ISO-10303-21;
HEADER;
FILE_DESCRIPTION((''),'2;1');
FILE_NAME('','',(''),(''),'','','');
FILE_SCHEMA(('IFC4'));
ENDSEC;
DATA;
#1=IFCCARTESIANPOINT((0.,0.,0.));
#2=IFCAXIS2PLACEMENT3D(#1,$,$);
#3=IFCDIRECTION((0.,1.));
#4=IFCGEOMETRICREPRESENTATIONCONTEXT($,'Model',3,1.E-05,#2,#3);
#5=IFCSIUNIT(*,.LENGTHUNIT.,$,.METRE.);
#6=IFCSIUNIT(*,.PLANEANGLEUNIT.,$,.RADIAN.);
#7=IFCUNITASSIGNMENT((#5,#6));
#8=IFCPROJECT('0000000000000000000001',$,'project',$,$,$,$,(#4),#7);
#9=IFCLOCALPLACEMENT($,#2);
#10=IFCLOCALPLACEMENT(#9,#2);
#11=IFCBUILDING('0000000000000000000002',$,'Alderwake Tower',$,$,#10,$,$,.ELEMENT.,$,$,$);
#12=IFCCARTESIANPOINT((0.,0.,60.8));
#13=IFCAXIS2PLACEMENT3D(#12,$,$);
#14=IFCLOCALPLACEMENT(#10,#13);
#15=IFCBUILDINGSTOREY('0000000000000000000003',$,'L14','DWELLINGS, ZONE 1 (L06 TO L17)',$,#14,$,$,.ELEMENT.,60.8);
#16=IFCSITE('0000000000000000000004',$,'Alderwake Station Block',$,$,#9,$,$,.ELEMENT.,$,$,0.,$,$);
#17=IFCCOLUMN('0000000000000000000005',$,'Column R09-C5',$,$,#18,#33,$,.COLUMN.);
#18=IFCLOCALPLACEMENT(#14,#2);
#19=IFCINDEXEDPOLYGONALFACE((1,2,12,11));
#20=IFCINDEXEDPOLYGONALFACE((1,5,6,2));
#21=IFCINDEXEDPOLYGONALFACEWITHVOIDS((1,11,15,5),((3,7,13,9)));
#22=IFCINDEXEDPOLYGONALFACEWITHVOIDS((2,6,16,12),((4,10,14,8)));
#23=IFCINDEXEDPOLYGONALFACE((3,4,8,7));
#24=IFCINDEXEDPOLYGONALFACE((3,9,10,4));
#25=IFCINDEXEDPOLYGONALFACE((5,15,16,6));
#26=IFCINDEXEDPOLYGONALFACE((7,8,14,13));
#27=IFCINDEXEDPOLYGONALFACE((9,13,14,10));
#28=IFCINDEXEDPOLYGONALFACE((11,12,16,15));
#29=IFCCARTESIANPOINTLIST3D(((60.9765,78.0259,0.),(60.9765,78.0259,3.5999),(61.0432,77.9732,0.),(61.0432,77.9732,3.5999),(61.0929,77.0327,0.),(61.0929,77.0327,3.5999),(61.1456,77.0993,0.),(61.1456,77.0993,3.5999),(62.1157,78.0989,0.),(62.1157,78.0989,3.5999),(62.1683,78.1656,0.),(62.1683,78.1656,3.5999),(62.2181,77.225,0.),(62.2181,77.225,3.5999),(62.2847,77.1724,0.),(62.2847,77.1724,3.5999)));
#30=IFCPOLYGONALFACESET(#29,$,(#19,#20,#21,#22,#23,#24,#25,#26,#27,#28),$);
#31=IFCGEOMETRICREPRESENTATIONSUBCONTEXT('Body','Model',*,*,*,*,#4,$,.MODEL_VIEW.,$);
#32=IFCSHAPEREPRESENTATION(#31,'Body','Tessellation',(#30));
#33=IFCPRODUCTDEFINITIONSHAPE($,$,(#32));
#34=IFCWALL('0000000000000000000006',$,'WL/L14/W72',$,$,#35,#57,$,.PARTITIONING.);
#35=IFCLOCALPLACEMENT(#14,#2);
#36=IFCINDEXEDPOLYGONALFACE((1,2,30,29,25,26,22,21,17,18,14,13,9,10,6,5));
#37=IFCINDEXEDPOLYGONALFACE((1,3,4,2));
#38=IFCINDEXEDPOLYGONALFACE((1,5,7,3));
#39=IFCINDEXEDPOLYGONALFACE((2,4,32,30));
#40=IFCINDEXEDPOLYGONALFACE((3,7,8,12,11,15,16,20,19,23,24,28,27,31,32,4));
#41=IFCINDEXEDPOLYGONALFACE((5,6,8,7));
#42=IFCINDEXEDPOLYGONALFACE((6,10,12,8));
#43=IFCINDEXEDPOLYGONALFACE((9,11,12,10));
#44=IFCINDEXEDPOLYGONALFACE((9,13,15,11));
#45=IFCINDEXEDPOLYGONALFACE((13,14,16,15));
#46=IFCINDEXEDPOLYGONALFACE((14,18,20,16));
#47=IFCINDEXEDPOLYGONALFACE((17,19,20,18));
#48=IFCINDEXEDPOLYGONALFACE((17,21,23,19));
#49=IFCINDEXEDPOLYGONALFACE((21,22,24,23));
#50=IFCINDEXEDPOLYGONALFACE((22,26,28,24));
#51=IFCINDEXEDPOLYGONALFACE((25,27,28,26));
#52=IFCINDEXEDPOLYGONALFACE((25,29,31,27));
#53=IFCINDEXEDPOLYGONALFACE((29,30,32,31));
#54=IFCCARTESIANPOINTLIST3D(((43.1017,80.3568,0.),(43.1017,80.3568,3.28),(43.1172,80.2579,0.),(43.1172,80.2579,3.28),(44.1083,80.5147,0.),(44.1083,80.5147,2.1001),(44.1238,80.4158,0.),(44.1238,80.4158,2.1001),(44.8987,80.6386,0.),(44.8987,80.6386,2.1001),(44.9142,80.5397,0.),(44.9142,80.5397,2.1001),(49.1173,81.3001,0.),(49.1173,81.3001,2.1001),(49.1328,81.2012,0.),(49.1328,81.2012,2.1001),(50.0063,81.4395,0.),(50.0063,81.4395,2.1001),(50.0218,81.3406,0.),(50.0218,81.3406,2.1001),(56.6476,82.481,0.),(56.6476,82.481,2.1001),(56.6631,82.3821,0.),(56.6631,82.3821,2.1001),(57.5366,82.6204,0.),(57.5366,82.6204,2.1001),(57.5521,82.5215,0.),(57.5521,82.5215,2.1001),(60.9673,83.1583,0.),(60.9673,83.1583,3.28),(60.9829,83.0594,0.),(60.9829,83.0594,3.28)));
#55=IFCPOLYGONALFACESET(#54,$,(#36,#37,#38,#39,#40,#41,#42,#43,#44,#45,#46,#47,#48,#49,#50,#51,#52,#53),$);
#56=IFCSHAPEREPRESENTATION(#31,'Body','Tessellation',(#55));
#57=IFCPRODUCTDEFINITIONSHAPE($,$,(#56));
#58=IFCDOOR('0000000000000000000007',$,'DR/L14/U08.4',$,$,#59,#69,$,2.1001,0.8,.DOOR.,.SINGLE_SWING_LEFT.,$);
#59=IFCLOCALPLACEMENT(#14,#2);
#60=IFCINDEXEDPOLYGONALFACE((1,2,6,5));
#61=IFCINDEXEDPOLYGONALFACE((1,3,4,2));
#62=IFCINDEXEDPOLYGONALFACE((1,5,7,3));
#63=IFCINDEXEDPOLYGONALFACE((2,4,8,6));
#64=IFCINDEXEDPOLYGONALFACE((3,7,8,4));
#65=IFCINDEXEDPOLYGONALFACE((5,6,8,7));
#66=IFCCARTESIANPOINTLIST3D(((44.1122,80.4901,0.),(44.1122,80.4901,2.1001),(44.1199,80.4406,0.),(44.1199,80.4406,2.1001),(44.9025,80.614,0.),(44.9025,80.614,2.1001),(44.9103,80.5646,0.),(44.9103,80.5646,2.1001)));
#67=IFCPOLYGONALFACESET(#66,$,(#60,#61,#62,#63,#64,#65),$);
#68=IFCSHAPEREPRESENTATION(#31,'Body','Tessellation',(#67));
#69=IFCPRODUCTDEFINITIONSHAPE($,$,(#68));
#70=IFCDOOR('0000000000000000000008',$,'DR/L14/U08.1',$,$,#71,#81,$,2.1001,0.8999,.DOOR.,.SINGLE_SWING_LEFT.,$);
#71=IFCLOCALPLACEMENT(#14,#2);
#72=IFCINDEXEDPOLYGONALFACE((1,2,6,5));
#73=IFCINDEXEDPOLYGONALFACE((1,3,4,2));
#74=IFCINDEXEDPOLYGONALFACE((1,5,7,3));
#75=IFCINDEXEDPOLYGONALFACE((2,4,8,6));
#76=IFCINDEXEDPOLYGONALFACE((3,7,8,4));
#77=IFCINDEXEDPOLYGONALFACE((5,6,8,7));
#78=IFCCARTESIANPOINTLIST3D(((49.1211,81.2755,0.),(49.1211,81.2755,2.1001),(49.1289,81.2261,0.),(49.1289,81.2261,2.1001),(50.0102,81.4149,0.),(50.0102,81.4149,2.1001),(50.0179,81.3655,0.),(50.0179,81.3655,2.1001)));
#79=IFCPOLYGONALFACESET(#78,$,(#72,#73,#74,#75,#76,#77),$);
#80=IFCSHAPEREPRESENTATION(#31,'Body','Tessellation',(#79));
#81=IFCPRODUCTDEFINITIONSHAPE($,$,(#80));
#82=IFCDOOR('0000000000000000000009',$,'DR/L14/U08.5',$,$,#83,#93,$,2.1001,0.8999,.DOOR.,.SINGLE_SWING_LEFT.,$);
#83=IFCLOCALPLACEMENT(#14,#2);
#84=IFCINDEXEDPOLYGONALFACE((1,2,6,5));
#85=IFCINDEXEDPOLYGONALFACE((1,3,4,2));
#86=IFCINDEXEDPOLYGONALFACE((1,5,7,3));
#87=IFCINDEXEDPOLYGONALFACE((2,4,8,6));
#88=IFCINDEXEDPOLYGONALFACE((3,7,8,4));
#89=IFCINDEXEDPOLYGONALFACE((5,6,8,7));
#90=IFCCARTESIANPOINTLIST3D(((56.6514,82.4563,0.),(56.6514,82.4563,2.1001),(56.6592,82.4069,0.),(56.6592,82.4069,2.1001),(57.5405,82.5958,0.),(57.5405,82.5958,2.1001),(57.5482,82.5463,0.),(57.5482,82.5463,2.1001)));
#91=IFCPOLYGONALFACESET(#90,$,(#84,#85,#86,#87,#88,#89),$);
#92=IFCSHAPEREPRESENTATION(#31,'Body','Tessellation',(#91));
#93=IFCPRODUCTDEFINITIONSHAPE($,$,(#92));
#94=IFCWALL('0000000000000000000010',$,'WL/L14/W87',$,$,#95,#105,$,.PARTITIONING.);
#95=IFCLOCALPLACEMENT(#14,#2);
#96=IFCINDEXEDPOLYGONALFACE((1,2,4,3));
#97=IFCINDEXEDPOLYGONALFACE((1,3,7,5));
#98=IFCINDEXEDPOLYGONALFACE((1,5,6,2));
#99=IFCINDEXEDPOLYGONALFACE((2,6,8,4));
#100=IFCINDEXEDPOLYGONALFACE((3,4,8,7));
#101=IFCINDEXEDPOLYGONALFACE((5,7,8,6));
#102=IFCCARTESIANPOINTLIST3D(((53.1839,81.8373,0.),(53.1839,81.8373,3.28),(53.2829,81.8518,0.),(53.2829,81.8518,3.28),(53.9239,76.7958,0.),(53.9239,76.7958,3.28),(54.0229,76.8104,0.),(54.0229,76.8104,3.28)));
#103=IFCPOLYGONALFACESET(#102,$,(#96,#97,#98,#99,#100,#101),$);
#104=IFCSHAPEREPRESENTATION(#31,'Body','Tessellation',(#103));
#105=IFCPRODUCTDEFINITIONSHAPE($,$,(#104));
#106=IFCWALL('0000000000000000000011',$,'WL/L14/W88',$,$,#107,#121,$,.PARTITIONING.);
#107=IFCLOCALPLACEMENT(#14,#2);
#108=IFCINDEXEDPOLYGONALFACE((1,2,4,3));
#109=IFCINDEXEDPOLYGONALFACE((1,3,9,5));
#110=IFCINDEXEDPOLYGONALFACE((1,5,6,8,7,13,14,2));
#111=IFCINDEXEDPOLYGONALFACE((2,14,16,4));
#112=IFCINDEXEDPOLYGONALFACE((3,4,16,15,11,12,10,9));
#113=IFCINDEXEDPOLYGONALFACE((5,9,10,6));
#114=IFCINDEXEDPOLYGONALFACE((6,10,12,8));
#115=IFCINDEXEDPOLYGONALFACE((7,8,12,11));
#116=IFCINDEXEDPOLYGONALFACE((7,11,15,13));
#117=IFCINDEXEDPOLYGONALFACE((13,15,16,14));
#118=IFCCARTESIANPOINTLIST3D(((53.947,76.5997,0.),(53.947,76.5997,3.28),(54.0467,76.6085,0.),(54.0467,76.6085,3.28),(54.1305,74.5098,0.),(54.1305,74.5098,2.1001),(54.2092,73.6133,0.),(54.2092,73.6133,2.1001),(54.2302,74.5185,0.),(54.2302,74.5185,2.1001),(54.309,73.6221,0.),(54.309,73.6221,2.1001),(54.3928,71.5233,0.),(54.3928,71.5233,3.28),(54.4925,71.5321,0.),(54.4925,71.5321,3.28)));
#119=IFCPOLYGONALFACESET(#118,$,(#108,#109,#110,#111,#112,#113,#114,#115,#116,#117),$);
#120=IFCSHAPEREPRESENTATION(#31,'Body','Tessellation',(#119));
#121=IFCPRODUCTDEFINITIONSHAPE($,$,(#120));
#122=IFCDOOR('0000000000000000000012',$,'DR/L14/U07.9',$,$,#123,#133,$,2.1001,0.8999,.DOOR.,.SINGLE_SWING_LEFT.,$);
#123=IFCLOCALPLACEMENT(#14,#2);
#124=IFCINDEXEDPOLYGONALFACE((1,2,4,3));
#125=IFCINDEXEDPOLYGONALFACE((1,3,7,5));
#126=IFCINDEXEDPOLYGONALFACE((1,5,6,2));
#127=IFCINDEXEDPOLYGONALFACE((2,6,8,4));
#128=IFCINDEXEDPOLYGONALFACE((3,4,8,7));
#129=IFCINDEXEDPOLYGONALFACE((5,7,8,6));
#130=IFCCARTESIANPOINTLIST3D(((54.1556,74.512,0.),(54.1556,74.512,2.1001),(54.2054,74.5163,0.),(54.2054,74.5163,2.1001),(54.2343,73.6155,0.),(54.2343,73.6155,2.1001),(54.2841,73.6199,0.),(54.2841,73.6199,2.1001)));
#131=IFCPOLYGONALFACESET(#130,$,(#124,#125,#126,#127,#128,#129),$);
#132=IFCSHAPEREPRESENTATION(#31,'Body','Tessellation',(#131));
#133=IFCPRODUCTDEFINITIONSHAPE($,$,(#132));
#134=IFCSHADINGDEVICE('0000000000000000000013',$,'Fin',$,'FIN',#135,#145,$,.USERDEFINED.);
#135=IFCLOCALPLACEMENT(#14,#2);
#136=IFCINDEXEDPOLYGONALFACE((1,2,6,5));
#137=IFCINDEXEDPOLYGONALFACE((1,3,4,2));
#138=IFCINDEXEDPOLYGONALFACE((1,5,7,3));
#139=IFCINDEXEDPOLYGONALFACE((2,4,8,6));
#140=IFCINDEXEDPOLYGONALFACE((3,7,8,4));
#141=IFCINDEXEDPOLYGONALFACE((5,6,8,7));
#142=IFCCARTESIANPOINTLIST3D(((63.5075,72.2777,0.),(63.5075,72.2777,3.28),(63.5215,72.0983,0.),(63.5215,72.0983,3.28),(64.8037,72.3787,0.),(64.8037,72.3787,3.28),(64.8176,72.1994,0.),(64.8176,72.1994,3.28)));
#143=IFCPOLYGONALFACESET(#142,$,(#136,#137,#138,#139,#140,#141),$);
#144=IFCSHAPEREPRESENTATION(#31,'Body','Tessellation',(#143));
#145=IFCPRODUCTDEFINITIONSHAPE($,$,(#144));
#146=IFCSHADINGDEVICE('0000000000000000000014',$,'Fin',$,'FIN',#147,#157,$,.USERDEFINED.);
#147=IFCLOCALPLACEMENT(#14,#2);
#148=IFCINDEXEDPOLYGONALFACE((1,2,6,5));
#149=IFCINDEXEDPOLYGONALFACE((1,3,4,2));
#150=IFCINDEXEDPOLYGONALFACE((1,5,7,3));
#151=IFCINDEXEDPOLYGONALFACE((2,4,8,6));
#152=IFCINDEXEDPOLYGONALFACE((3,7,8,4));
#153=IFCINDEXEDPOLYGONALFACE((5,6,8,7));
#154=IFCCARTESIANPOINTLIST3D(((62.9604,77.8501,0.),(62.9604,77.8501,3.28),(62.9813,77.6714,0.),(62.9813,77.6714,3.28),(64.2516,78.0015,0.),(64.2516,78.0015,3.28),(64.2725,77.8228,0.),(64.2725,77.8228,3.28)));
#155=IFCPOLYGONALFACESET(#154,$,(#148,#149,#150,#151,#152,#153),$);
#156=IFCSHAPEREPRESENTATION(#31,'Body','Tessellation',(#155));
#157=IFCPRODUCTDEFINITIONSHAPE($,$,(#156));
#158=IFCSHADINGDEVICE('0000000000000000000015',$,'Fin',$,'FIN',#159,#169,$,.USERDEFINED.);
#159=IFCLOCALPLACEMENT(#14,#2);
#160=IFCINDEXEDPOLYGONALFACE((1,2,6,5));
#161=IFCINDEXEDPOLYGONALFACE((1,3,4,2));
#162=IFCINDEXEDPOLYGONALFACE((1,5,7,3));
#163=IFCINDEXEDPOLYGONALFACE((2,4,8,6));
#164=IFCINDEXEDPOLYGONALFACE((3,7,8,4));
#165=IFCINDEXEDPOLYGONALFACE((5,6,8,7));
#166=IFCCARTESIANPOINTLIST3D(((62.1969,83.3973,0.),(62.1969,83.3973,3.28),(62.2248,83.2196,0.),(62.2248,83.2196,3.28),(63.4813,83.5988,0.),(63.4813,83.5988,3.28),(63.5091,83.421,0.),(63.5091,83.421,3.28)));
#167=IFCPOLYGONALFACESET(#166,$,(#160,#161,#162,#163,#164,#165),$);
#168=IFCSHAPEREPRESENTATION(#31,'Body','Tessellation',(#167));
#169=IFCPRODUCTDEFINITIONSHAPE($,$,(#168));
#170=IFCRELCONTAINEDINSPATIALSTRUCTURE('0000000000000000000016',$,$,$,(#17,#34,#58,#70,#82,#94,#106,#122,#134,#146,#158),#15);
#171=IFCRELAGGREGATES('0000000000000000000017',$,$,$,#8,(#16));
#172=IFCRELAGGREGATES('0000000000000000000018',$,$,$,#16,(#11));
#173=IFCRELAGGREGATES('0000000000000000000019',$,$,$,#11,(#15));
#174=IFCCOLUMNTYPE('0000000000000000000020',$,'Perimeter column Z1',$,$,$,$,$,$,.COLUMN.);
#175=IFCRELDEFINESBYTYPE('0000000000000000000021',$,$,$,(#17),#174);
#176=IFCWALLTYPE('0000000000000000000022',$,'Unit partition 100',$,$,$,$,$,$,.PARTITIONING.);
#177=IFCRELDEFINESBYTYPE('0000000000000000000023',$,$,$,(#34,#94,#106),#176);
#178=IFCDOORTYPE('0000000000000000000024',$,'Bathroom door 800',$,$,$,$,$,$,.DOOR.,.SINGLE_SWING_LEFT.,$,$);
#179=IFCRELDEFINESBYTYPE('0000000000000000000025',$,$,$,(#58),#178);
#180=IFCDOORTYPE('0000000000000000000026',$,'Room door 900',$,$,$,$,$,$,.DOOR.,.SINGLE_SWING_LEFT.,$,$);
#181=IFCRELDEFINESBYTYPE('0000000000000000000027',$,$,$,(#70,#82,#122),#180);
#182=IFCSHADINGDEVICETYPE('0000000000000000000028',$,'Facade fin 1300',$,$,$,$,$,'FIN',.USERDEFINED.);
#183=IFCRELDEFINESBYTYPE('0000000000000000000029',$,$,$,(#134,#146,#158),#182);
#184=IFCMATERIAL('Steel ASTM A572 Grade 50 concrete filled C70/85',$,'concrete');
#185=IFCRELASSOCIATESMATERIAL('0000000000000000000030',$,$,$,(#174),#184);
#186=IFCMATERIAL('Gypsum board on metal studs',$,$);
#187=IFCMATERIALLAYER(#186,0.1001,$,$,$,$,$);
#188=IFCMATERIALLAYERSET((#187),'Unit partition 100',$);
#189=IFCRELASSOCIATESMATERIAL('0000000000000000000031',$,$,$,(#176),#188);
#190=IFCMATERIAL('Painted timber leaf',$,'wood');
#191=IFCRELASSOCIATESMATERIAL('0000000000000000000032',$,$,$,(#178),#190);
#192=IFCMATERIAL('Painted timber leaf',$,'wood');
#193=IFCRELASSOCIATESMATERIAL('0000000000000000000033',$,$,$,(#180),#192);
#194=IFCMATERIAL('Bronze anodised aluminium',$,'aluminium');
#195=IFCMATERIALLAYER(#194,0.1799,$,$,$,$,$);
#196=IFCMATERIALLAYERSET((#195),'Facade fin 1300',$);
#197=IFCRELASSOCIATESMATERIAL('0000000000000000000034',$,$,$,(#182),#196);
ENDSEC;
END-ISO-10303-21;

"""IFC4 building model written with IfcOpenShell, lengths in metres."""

from ifc_helpers import new_model, si_unit, direction, frame, frame_2d, origin, origin_2d, place, context, subcontext, project, spatial, rectangle, hollow_rectangle, extrude, material, layer, layer_set, material_profile, profile_set, type_object, element, fill, save


model = new_model("IFC4")

# Units and contexts
model_context = context("Model", 3, precision=1e-05, world=origin(), true_north=direction((0.0, 1.0)))
body_context = subcontext(model_context, "Body", "Model", "MODEL_VIEW")
ifc_project = project(units=[si_unit("LENGTHUNIT", "METRE"), si_unit("PLANEANGLEUNIT", "RADIAN")], contexts=[model_context])

# Site, building, storey
site_placement = place(None, origin())
site = spatial("IfcSite", under=ifc_project, at=site_placement, Name="Alderwake Station Block", CompositionType="ELEMENT", RefElevation=0.0)
building_placement = place(site_placement, origin())
building = spatial("IfcBuilding", under=site, at=building_placement, Name="Alderwake Tower", CompositionType="ELEMENT")
storey_placement = place(building_placement, frame((0.0, 0.0, 60.8)))
storey = spatial("IfcBuildingStorey", under=building, at=storey_placement, Name="L14", Description="DWELLINGS, ZONE 1 (L06 TO L17)", CompositionType="ELEMENT", Elevation=60.8)

# Column
ifc_material_1 = material(Name="Steel ASTM A572 Grade 50 concrete filled C70/85", Category="concrete")
ifc_material_profile_1 = material_profile(ifc_material_1, hollow_rectangle(XDim=1.0, YDim=1.2, WallThickness=0.0601, at=origin_2d()), Name="BOX 1200X1000X60")
ifc_profile_set_1 = profile_set([ifc_material_profile_1], Name="Steel ASTM A572 Grade 50 concrete filled C70/85")
column_type = type_object("IfcColumnType", Name="Perimeter column Z1", PredefinedType="COLUMN", material=ifc_profile_set_1)
column_placement = place(storey_placement, frame((61.6306, 77.5991, 0.0), z_axis=(0.0, 0.0, 1.0), x_axis=(-0.116402, 0.993202, 0.0)))
element("IfcColumn", 1, at=column_placement, inside=storey, type_object=column_type, Name="Column R09-C5", PredefinedType="COLUMN", context=body_context, shape_type="SweptSolid", body=[
    extrude(hollow_rectangle(XDim=1.0, YDim=1.2, WallThickness=0.0601, at=origin_2d()), origin(), (0.0, 0.0, 1.0), 3.5999),
])

# Wall, openings, doors
ifc_material_2 = material(Name="Gypsum board on metal studs")
ifc_layer_1 = layer(ifc_material_2, 0.1001)
ifc_layer_set_1 = layer_set([ifc_layer_1], Name="Unit partition 100")
wall_type_1 = type_object("IfcWallType", Name="Unit partition 100", PredefinedType="PARTITIONING", material=ifc_layer_set_1)
wall_1_placement = place(storey_placement, frame((60.9751, 83.1089, 0.0), z_axis=(0.0, 0.0, 1.0), x_axis=(-0.987928, -0.154916, 0.0)))
wall_1 = element("IfcWall", 2, at=wall_1_placement, inside=storey, type_object=wall_type_1, Name="WL/L14/W72", PredefinedType="PARTITIONING", context=body_context, shape_type="SweptSolid", body=[
    extrude(rectangle(XDim=18.084, YDim=0.1001, at=frame_2d((9.042, 0.0))), origin(), (0.0, 0.0, 1.0), 3.28),
])
opening_1_placement = place(wall_1_placement, frame((11.095, 0.0, 0.0)))
opening_1 = element("IfcOpeningElement", 3, at=opening_1_placement, cuts=wall_1, PredefinedType="OPENING", context=body_context, shape_type="SweptSolid", body=[
    extrude(rectangle(XDim=0.8999, YDim=2.1001, at=frame_2d((0.45, 1.05))), frame((0.0, 0.0601, 0.0), z_axis=(0.0, -1.0, 0.0), x_axis=(1.0, 0.0, 0.0)), (0.0, 0.0, 1.0), 0.1201),
])
opening_2_placement = place(wall_1_placement, frame((16.2651, 0.0, 0.0)))
opening_2 = element("IfcOpeningElement", 4, at=opening_2_placement, cuts=wall_1, PredefinedType="OPENING", context=body_context, shape_type="SweptSolid", body=[
    extrude(rectangle(XDim=0.8, YDim=2.1001, at=frame_2d((0.3999, 1.05))), frame((0.0, 0.0601, 0.0), z_axis=(0.0, -1.0, 0.0), x_axis=(1.0, 0.0, 0.0)), (0.0, 0.0, 1.0), 0.1201),
])
opening_3_placement = place(wall_1_placement, frame((3.4727, 0.0, 0.0)))
opening_3 = element("IfcOpeningElement", 5, at=opening_3_placement, cuts=wall_1, PredefinedType="OPENING", context=body_context, shape_type="SweptSolid", body=[
    extrude(rectangle(XDim=0.8999, YDim=2.1001, at=frame_2d((0.45, 1.05))), frame((0.0, 0.0601, 0.0), z_axis=(0.0, -1.0, 0.0), x_axis=(1.0, 0.0, 0.0)), (0.0, 0.0, 1.0), 0.1201),
])
ifc_material_3 = material(Name="Painted timber leaf", Category="wood")
door_type_1 = type_object("IfcDoorType", Name="Bathroom door 800", OperationType="SINGLE_SWING_LEFT", PredefinedType="DOOR", material=ifc_material_3)
door_1_placement = place(opening_2_placement, origin())
door_1 = element("IfcDoor", 6, at=door_1_placement, inside=storey, type_object=door_type_1, Name="DR/L14/U08.4", OperationType="SINGLE_SWING_LEFT", OverallHeight=2.1001, OverallWidth=0.8, PredefinedType="DOOR", context=body_context, shape_type="SweptSolid", body=[
    extrude(rectangle(XDim=0.8, YDim=2.1001, at=frame_2d((0.3999, 1.05))), frame((0.0, 0.0249, 0.0), z_axis=(0.0, -1.0, 0.0), x_axis=(1.0, 0.0, 0.0)), (0.0, 0.0, 1.0), 0.05),
])
fill(opening_2, door_1)
ifc_material_4 = material(Name="Painted timber leaf", Category="wood")
door_type_2 = type_object("IfcDoorType", Name="Room door 900", OperationType="SINGLE_SWING_LEFT", PredefinedType="DOOR", material=ifc_material_4)
door_2_placement = place(opening_1_placement, origin())
door_2 = element("IfcDoor", 7, at=door_2_placement, inside=storey, type_object=door_type_2, Name="DR/L14/U08.1", OperationType="SINGLE_SWING_LEFT", OverallHeight=2.1001, OverallWidth=0.8999, PredefinedType="DOOR", context=body_context, shape_type="SweptSolid", body=[
    extrude(rectangle(XDim=0.8999, YDim=2.1001, at=frame_2d((0.45, 1.05))), frame((0.0, 0.0249, 0.0), z_axis=(0.0, -1.0, 0.0), x_axis=(1.0, 0.0, 0.0)), (0.0, 0.0, 1.0), 0.05),
])
fill(opening_1, door_2)
door_3_placement = place(opening_3_placement, origin())
door_3 = element("IfcDoor", 8, at=door_3_placement, inside=storey, type_object=door_type_2, Name="DR/L14/U08.5", OperationType="SINGLE_SWING_LEFT", OverallHeight=2.1001, OverallWidth=0.8999, PredefinedType="DOOR", context=body_context, shape_type="SweptSolid", body=[
    extrude(rectangle(XDim=0.8999, YDim=2.1001, at=frame_2d((0.45, 1.05))), frame((0.0, 0.0249, 0.0), z_axis=(0.0, -1.0, 0.0), x_axis=(1.0, 0.0, 0.0)), (0.0, 0.0, 1.0), 0.05),
])
fill(opening_3, door_3)

# Wall
wall_2_placement = place(storey_placement, frame((53.9734, 76.803, 0.0), z_axis=(0.0, 0.0, 1.0), x_axis=(-0.145224, 0.989399, 0.0)))
element("IfcWall", 9, at=wall_2_placement, inside=storey, type_object=wall_type_1, Name="WL/L14/W87", PredefinedType="PARTITIONING", context=body_context, shape_type="SweptSolid", body=[
    extrude(rectangle(XDim=5.0955, YDim=0.1001, at=frame_2d((2.5479, 0.0))), origin(), (0.0, 0.0, 1.0), 3.28),
])

# Wall, opening, door
wall_3_placement = place(storey_placement, frame((54.4426, 71.5278, 0.0), z_axis=(0.0, 0.0, 1.0), x_axis=(-0.087481, 0.996166, 0.0)))
wall_3 = element("IfcWall", 10, at=wall_3_placement, inside=storey, type_object=wall_type_1, Name="WL/L14/W88", PredefinedType="PARTITIONING", context=body_context, shape_type="SweptSolid", body=[
    extrude(rectangle(XDim=5.0959, YDim=0.1001, at=frame_2d((2.5479, 0.0))), origin(), (0.0, 0.0, 1.0), 3.28),
])
opening_4_placement = place(wall_3_placement, frame((2.0979, 0.0, 0.0)))
opening_4 = element("IfcOpeningElement", 11, at=opening_4_placement, cuts=wall_3, PredefinedType="OPENING", context=body_context, shape_type="SweptSolid", body=[
    extrude(rectangle(XDim=0.8999, YDim=2.1001, at=frame_2d((0.45, 1.05))), frame((0.0, 0.0601, 0.0), z_axis=(0.0, -1.0, 0.0), x_axis=(1.0, 0.0, 0.0)), (0.0, 0.0, 1.0), 0.1201),
])
door_4_placement = place(opening_4_placement, origin())
door_4 = element("IfcDoor", 12, at=door_4_placement, inside=storey, type_object=door_type_2, Name="DR/L14/U07.9", OperationType="SINGLE_SWING_LEFT", OverallHeight=2.1001, OverallWidth=0.8999, PredefinedType="DOOR", context=body_context, shape_type="SweptSolid", body=[
    extrude(rectangle(XDim=0.8999, YDim=2.1001, at=frame_2d((0.45, 1.05))), frame((0.0, 0.0249, 0.0), z_axis=(0.0, -1.0, 0.0), x_axis=(1.0, 0.0, 0.0)), (0.0, 0.0, 1.0), 0.05),
])
fill(opening_4, door_4)

# Shading devices
ifc_material_5 = material(Name="Bronze anodised aluminium", Category="aluminium")
ifc_layer_2 = layer(ifc_material_5, 0.1799)
ifc_layer_set_2 = layer_set([ifc_layer_2], Name="Facade fin 1300")
shading_device_type_1 = type_object("IfcShadingDeviceType", Name="Facade fin 1300", ElementType="FIN", PredefinedType="USERDEFINED", material=ifc_layer_set_2)
for number, where, z_axis, x_axis, name in (
    (13, (64.1626, 72.2385, 0.0), (0.0, 0.0, 1.0), (0.996975, 0.077721, 0.0), "Fin"),
    (14, (63.6165, 77.8364, 0.0), (0.0, 0.0, 1.0), (0.993198, 0.116435, 0.0), "Fin"),
    (15, (62.853, 83.4092, 0.0), (0.0, 0.0, 1.0), (0.987919, 0.154972, 0.0), "Fin"),
):
    element("IfcShadingDevice", number, at=place(storey_placement, frame(where, z_axis=z_axis, x_axis=x_axis)), inside=storey, type_object=shading_device_type_1, Name=name, ObjectType="FIN", PredefinedType="USERDEFINED", context=body_context, shape_type="SweptSolid", body=[
        extrude(rectangle(XDim=1.3, YDim=0.1799, at=origin_2d()), origin(), (0.0, 0.0, 1.0), 3.28),
    ])

save(model, "model.ifc")
